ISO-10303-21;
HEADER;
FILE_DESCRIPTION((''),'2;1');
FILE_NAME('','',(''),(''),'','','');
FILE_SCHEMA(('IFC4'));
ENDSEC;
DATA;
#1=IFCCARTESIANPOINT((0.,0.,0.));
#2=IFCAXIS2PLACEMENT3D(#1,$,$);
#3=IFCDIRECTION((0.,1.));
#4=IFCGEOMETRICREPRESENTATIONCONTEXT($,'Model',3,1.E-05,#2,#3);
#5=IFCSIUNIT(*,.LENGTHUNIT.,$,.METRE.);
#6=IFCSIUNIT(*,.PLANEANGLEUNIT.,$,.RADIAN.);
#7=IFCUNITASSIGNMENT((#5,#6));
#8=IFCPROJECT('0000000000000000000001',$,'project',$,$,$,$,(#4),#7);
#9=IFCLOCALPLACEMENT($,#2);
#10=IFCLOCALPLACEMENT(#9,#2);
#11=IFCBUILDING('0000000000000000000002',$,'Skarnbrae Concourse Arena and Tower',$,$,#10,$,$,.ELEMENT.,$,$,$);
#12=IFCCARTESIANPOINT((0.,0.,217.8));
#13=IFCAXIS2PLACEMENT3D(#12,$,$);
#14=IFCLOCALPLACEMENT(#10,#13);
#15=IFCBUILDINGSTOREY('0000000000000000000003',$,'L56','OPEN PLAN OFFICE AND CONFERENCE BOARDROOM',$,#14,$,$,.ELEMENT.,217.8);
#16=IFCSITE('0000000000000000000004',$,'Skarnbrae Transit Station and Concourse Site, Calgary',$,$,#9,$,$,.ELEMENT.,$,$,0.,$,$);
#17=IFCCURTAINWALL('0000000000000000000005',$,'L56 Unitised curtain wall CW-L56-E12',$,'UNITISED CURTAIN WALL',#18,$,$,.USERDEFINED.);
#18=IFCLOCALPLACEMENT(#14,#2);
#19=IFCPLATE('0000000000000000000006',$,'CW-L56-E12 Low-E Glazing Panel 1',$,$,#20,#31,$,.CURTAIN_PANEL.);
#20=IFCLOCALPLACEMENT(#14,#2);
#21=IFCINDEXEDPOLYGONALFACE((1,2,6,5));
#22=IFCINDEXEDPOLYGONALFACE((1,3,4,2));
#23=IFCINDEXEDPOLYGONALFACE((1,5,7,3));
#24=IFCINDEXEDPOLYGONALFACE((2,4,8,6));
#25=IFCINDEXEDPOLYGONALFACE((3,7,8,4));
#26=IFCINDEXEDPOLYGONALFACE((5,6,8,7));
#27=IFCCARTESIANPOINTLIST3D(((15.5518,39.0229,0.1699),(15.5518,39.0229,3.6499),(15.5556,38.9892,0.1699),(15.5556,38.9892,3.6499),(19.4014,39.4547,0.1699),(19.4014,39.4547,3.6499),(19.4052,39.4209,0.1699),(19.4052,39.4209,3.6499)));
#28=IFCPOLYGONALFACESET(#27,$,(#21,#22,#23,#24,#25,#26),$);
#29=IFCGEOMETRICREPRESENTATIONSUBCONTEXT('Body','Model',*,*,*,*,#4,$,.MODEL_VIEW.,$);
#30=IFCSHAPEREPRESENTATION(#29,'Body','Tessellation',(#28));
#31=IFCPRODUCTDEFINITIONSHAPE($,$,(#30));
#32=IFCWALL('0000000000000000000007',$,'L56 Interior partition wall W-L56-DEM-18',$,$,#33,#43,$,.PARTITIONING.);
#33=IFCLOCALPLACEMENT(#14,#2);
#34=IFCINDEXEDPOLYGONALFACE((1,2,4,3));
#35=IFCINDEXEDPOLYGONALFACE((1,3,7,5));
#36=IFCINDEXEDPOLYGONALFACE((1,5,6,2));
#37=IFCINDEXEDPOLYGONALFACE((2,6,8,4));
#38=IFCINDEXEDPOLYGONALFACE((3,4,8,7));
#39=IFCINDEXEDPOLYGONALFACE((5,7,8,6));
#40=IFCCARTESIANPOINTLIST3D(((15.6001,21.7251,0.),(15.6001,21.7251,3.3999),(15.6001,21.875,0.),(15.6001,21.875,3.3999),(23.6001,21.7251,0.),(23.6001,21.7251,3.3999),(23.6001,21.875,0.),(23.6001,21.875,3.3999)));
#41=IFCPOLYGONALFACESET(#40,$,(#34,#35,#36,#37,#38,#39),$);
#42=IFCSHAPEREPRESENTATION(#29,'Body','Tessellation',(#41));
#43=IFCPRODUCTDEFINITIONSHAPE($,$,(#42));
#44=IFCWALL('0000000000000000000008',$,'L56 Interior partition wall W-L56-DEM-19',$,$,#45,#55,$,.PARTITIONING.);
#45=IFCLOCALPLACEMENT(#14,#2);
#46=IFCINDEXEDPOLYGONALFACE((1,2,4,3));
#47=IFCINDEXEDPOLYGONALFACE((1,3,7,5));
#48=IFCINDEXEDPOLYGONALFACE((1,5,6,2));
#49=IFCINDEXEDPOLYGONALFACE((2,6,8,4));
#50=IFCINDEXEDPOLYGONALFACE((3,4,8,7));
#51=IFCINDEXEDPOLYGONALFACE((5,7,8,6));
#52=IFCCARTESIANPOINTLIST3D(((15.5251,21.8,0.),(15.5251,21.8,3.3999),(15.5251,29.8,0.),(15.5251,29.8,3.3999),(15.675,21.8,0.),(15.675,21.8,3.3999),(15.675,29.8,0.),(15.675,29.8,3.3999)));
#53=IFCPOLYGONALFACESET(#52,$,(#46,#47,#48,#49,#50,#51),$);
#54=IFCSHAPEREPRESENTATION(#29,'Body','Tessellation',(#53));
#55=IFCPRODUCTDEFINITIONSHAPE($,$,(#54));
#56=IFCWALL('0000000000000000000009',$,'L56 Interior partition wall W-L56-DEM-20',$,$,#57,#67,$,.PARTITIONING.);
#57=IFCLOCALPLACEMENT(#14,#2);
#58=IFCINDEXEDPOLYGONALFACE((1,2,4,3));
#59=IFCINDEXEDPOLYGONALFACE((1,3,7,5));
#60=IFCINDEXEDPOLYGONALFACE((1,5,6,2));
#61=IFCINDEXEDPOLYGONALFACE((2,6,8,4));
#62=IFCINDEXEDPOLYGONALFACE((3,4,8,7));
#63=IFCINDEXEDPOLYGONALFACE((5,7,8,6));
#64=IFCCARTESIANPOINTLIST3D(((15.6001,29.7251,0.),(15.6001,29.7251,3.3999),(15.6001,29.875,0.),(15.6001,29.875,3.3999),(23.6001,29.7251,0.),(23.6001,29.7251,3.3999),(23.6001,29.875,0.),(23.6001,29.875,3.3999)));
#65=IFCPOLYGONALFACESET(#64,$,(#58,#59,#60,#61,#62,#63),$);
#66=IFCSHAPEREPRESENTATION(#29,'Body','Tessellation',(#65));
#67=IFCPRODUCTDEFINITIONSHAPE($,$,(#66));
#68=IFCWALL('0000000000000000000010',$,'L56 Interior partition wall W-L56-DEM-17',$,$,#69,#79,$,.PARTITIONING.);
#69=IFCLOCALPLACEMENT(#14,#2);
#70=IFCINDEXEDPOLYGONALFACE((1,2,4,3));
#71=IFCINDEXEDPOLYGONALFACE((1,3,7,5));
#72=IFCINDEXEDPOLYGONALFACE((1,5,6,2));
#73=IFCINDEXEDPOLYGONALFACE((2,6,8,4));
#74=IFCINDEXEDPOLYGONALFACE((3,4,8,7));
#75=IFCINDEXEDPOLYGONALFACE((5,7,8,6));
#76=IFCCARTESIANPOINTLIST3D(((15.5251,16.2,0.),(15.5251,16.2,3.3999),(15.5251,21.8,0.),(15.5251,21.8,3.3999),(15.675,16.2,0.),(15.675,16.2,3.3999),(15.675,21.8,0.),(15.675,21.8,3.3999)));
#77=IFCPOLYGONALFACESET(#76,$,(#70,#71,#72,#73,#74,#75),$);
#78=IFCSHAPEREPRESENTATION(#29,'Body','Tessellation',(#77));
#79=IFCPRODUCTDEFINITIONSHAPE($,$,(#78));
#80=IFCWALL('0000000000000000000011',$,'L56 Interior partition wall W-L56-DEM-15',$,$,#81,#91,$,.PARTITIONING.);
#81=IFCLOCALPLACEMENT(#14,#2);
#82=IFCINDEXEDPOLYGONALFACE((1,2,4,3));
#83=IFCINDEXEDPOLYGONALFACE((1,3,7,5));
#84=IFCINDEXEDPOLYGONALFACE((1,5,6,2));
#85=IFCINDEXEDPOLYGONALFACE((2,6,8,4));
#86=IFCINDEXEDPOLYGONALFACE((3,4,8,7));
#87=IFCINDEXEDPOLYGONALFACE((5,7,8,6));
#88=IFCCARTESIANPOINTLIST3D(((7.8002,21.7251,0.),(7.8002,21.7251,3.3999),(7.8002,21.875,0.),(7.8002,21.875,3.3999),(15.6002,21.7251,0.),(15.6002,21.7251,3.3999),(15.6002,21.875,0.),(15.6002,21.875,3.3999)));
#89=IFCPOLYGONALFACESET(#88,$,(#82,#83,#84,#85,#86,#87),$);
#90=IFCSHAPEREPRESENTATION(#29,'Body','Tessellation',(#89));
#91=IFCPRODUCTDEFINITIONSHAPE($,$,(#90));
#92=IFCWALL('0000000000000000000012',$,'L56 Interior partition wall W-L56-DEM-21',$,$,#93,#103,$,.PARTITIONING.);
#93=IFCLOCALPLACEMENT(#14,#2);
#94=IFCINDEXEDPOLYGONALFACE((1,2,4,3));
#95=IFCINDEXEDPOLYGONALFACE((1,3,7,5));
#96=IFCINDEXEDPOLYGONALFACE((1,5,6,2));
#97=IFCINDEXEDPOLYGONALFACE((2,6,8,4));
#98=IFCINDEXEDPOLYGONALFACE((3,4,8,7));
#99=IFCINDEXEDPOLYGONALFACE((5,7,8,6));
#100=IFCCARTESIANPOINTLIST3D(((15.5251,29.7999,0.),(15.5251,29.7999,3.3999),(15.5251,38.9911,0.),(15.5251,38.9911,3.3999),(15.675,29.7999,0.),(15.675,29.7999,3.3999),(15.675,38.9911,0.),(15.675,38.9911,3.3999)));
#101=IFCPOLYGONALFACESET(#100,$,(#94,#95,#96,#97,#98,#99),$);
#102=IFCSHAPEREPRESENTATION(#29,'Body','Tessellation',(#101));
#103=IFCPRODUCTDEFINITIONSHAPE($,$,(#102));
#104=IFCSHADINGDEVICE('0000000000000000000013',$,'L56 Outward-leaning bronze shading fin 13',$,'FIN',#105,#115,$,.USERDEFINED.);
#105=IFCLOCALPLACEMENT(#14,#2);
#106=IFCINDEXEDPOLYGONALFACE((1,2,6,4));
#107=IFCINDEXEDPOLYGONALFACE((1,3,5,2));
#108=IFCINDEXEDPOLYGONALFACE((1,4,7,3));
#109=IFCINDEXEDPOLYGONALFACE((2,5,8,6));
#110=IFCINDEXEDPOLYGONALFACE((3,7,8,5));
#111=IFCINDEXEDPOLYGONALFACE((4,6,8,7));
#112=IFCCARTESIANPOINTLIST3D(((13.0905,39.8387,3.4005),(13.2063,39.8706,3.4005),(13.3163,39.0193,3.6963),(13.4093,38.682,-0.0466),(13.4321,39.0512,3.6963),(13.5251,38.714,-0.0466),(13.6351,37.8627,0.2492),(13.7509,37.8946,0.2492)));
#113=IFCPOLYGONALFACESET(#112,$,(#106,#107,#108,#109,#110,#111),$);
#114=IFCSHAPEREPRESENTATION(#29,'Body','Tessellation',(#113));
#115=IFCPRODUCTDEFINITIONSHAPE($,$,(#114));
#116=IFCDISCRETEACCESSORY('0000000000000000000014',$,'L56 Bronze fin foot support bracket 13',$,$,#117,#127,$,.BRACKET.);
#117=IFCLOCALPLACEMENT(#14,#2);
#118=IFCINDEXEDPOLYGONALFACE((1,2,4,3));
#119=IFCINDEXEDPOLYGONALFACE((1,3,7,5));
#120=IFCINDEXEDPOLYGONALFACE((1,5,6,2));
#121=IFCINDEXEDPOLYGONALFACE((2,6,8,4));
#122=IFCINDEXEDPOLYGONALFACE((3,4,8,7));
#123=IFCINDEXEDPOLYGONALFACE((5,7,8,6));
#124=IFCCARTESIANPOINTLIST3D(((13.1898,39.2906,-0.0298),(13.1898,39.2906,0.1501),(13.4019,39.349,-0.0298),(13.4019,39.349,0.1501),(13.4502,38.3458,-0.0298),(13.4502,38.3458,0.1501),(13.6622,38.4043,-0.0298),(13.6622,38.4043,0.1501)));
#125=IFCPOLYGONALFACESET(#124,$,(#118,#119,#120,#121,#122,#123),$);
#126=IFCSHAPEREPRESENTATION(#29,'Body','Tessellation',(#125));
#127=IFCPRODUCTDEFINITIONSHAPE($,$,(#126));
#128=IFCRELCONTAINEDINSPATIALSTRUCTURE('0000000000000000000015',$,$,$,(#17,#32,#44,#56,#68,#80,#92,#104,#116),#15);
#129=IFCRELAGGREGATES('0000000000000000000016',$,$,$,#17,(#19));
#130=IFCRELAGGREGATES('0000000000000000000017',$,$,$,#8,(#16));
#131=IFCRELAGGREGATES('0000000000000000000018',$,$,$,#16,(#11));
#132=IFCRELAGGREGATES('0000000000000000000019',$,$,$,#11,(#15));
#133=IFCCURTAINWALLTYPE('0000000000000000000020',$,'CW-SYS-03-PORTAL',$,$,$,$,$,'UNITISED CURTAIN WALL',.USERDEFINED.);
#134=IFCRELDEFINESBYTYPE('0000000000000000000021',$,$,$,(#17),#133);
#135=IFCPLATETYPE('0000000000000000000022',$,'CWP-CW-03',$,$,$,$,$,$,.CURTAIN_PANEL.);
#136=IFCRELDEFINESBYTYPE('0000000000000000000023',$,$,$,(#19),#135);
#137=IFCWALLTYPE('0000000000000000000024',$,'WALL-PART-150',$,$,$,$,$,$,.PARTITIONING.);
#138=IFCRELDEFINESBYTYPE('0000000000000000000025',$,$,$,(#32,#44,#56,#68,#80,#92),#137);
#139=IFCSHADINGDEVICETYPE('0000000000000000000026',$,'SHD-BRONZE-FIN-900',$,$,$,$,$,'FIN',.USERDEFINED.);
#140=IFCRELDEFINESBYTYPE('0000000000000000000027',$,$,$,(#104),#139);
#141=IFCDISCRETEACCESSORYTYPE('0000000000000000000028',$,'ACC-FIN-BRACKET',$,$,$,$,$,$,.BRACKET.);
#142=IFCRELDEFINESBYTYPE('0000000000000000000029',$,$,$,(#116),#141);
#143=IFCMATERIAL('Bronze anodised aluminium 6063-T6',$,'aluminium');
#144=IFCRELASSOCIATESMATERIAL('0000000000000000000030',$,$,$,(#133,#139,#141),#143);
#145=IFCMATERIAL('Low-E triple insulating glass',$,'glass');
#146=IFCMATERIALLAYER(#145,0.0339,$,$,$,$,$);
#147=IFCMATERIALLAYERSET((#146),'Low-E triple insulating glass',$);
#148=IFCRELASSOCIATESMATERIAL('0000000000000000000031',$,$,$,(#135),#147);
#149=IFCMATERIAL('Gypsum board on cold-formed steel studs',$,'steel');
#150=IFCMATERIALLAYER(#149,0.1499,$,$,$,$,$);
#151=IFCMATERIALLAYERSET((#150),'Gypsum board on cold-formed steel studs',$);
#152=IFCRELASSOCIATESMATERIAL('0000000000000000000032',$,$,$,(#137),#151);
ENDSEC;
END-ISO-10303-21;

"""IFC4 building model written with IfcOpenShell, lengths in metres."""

from ifc_helpers import new_model, si_unit, direction, frame, frame_2d, origin, origin_2d, place, context, subcontext, project, spatial, rectangle, extrude, source, transform, mapped, material, layer, layer_set, type_object, element, aggregate, save


model = new_model("IFC4")

# Units and contexts
model_context = context("Model", 3, precision=1e-05, world=origin(), true_north=direction((0.0, 1.0)))
body_context = subcontext(model_context, "Body", "Model", "MODEL_VIEW")
ifc_project = project(units=[si_unit("LENGTHUNIT", "METRE"), si_unit("PLANEANGLEUNIT", "RADIAN")], contexts=[model_context])

# Site, building, storey
site_placement = place(None, origin())
site = spatial("IfcSite", under=ifc_project, at=site_placement, Name="Skarnbrae Transit Station and Concourse Site, Calgary", CompositionType="ELEMENT", RefElevation=0.0)
building_placement = place(site_placement, origin())
building = spatial("IfcBuilding", under=site, at=building_placement, Name="Skarnbrae Concourse Arena and Tower", CompositionType="ELEMENT")
storey_placement = place(building_placement, frame((0.0, 0.0, 217.8)))
storey = spatial("IfcBuildingStorey", under=building, at=storey_placement, Name="L56", Description="OPEN PLAN OFFICE AND CONFERENCE BOARDROOM", CompositionType="ELEMENT", Elevation=217.8)

# Shared definitions
ifc_material_1 = material(Name="Bronze anodised aluminium 6063-T6", Category="aluminium")
curtain_wall_type_1 = type_object("IfcCurtainWallType", Name="CW-SYS-03-PORTAL", ElementType="UNITISED CURTAIN WALL", PredefinedType="USERDEFINED", material=ifc_material_1)

# Curtain wall
curtain_wall_1_placement = place(storey_placement, origin())
curtain_wall_1 = element("IfcCurtainWall", 1, at=curtain_wall_1_placement, inside=storey, type_object=curtain_wall_type_1, Name="L56 Unitised curtain wall CW-L56-E12", ObjectType="UNITISED CURTAIN WALL", PredefinedType="USERDEFINED")

# Plate
ifc_material_2 = material(Name="Low-E triple insulating glass", Category="glass")
ifc_layer_1 = layer(ifc_material_2, 0.0339)
ifc_layer_set_1 = layer_set([ifc_layer_1], Name="Low-E triple insulating glass")
plate_type_1 = type_object("IfcPlateType", Name="CWP-CW-03", PredefinedType="CURTAIN_PANEL", material=ifc_layer_set_1)
shared_shape_1 = source(origin(), body_context, "Body", "SweptSolid", [
    extrude(rectangle(XDim=3.8738, YDim=0.0339, at=origin_2d()), origin(), (0.0, 0.0, 1.0), 3.48),
])
plate_1_placement = place(storey_placement, frame((17.4785, 39.2219, 0.1699), z_axis=(0.0, 0.0, 1.0), x_axis=(-0.993769, -0.11146, 0.0)))
plate_1 = element("IfcPlate", 2, at=plate_1_placement, type_object=plate_type_1, Name="CW-L56-E12 Low-E Glazing Panel 1", PredefinedType="CURTAIN_PANEL", context=body_context, shape_type="MappedRepresentation", body=[
    mapped(shared_shape_1, transform((0.0, 0.0, 0.0))),
])
aggregate(curtain_wall_1, [plate_1])

# Walls
ifc_material_3 = material(Name="Gypsum board on cold-formed steel studs", Category="steel")
ifc_layer_2 = layer(ifc_material_3, 0.1499)
ifc_layer_set_2 = layer_set([ifc_layer_2], Name="Gypsum board on cold-formed steel studs")
wall_type = type_object("IfcWallType", Name="WALL-PART-150", PredefinedType="PARTITIONING", material=ifc_layer_set_2)
shared_shape_2 = source(origin(), body_context, "Body", "SweptSolid", [
    extrude(rectangle(XDim=8.0, YDim=0.1499, at=frame_2d((4.0, 0.0))), origin(), (0.0, 0.0, 1.0), 3.3999),
])
for number, where, z_axis, x_axis, name in (
    (3, (15.6001, 21.8, 0.0), (0.0, 0.0, 1.0), (1.0, 0.0, 0.0), "L56 Interior partition wall W-L56-DEM-18"),
    (4, (15.6001, 29.8, 0.0), (0.0, 0.0, 1.0), (0.0, -1.0, 0.0), "L56 Interior partition wall W-L56-DEM-19"),
    (5, (15.6001, 29.8, 0.0), (0.0, 0.0, 1.0), (1.0, 0.0, 0.0), "L56 Interior partition wall W-L56-DEM-20"),
):
    element("IfcWall", number, at=place(storey_placement, frame(where, z_axis=z_axis, x_axis=x_axis)), inside=storey, type_object=wall_type, Name=name, PredefinedType="PARTITIONING", context=body_context, shape_type="MappedRepresentation", body=[
        mapped(shared_shape_2, transform((0.0, 0.0, 0.0))),
    ])
shared_shape_3 = source(origin(), body_context, "Body", "SweptSolid", [
    extrude(rectangle(XDim=5.6001, YDim=0.1499, at=frame_2d((2.8, 0.0))), origin(), (0.0, 0.0, 1.0), 3.3999),
])
wall_1_placement = place(storey_placement, frame((15.6001, 21.8, 0.0), z_axis=(0.0, 0.0, 1.0), x_axis=(0.0, -1.0, 0.0)))
element("IfcWall", 6, at=wall_1_placement, inside=storey, type_object=wall_type, Name="L56 Interior partition wall W-L56-DEM-17", PredefinedType="PARTITIONING", context=body_context, shape_type="MappedRepresentation", body=[
    mapped(shared_shape_3, transform((0.0, 0.0, 0.0))),
])
shared_shape_4 = source(origin(), body_context, "Body", "SweptSolid", [
    extrude(rectangle(XDim=7.8, YDim=0.1499, at=frame_2d((3.8999, 0.0))), origin(), (0.0, 0.0, 1.0), 3.3999),
])
wall_2_placement = place(storey_placement, frame((15.6001, 21.8, 0.0), z_axis=(0.0, 0.0, 1.0), x_axis=(-1.0, 0.0, 0.0)))
element("IfcWall", 7, at=wall_2_placement, inside=storey, type_object=wall_type, Name="L56 Interior partition wall W-L56-DEM-15", PredefinedType="PARTITIONING", context=body_context, shape_type="MappedRepresentation", body=[
    mapped(shared_shape_4, transform((0.0, 0.0, 0.0))),
])
shared_shape_5 = source(origin(), body_context, "Body", "SweptSolid", [
    extrude(rectangle(XDim=9.1912, YDim=0.1499, at=frame_2d((4.5957, 0.0))), origin(), (0.0, 0.0, 1.0), 3.3999),
])
wall_3_placement = place(storey_placement, frame((15.6001, 38.9912, 0.0), z_axis=(0.0, 0.0, 1.0), x_axis=(0.0, -1.0, 0.0)))
element("IfcWall", 8, at=wall_3_placement, inside=storey, type_object=wall_type, Name="L56 Interior partition wall W-L56-DEM-21", PredefinedType="PARTITIONING", context=body_context, shape_type="MappedRepresentation", body=[
    mapped(shared_shape_5, transform((0.0, 0.0, 0.0))),
])

# Shading device
shading_device_type = type_object("IfcShadingDeviceType", Name="SHD-BRONZE-FIN-900", ElementType="FIN", PredefinedType="USERDEFINED", material=ifc_material_1)
shared_shape_6 = source(origin(), body_context, "Body", "SweptSolid", [
    extrude(rectangle(XDim=0.1201, YDim=0.8999, at=origin_2d()), origin(), (0.0, 0.0, 1.0), 3.6499),
])
shading_device_placement = place(storey_placement, frame((13.5801, 38.2883, 0.1013), z_axis=(-0.087333, 0.316888, 0.944434), x_axis=(0.964058, 0.265691, 0.0)))
element("IfcShadingDevice", 9, at=shading_device_placement, inside=storey, type_object=shading_device_type, Name="L56 Outward-leaning bronze shading fin 13", ObjectType="FIN", PredefinedType="USERDEFINED", context=body_context, shape_type="MappedRepresentation", body=[
    mapped(shared_shape_6, transform((0.0, 0.0, 0.0))),
])

# Discrete accessory
discrete_accessory_type = type_object("IfcDiscreteAccessoryType", Name="ACC-FIN-BRACKET", PredefinedType="BRACKET", material=ifc_material_1)
shared_shape_7 = source(origin(), body_context, "Body", "SweptSolid", [
    extrude(rectangle(XDim=0.22, YDim=0.98, at=origin_2d()), origin(), (0.0, 0.0, 1.0), 0.1799),
])
discrete_accessory_placement = place(storey_placement, frame((13.426, 38.8474, -0.0298), z_axis=(0.0, 0.0, 1.0), x_axis=(0.964058, 0.265691, 0.0)))
element("IfcDiscreteAccessory", 10, at=discrete_accessory_placement, inside=storey, type_object=discrete_accessory_type, Name="L56 Bronze fin foot support bracket 13", PredefinedType="BRACKET", context=body_context, shape_type="MappedRepresentation", body=[
    mapped(shared_shape_7, transform((0.0, 0.0, 0.0))),
])

save(model, "model.ifc")
